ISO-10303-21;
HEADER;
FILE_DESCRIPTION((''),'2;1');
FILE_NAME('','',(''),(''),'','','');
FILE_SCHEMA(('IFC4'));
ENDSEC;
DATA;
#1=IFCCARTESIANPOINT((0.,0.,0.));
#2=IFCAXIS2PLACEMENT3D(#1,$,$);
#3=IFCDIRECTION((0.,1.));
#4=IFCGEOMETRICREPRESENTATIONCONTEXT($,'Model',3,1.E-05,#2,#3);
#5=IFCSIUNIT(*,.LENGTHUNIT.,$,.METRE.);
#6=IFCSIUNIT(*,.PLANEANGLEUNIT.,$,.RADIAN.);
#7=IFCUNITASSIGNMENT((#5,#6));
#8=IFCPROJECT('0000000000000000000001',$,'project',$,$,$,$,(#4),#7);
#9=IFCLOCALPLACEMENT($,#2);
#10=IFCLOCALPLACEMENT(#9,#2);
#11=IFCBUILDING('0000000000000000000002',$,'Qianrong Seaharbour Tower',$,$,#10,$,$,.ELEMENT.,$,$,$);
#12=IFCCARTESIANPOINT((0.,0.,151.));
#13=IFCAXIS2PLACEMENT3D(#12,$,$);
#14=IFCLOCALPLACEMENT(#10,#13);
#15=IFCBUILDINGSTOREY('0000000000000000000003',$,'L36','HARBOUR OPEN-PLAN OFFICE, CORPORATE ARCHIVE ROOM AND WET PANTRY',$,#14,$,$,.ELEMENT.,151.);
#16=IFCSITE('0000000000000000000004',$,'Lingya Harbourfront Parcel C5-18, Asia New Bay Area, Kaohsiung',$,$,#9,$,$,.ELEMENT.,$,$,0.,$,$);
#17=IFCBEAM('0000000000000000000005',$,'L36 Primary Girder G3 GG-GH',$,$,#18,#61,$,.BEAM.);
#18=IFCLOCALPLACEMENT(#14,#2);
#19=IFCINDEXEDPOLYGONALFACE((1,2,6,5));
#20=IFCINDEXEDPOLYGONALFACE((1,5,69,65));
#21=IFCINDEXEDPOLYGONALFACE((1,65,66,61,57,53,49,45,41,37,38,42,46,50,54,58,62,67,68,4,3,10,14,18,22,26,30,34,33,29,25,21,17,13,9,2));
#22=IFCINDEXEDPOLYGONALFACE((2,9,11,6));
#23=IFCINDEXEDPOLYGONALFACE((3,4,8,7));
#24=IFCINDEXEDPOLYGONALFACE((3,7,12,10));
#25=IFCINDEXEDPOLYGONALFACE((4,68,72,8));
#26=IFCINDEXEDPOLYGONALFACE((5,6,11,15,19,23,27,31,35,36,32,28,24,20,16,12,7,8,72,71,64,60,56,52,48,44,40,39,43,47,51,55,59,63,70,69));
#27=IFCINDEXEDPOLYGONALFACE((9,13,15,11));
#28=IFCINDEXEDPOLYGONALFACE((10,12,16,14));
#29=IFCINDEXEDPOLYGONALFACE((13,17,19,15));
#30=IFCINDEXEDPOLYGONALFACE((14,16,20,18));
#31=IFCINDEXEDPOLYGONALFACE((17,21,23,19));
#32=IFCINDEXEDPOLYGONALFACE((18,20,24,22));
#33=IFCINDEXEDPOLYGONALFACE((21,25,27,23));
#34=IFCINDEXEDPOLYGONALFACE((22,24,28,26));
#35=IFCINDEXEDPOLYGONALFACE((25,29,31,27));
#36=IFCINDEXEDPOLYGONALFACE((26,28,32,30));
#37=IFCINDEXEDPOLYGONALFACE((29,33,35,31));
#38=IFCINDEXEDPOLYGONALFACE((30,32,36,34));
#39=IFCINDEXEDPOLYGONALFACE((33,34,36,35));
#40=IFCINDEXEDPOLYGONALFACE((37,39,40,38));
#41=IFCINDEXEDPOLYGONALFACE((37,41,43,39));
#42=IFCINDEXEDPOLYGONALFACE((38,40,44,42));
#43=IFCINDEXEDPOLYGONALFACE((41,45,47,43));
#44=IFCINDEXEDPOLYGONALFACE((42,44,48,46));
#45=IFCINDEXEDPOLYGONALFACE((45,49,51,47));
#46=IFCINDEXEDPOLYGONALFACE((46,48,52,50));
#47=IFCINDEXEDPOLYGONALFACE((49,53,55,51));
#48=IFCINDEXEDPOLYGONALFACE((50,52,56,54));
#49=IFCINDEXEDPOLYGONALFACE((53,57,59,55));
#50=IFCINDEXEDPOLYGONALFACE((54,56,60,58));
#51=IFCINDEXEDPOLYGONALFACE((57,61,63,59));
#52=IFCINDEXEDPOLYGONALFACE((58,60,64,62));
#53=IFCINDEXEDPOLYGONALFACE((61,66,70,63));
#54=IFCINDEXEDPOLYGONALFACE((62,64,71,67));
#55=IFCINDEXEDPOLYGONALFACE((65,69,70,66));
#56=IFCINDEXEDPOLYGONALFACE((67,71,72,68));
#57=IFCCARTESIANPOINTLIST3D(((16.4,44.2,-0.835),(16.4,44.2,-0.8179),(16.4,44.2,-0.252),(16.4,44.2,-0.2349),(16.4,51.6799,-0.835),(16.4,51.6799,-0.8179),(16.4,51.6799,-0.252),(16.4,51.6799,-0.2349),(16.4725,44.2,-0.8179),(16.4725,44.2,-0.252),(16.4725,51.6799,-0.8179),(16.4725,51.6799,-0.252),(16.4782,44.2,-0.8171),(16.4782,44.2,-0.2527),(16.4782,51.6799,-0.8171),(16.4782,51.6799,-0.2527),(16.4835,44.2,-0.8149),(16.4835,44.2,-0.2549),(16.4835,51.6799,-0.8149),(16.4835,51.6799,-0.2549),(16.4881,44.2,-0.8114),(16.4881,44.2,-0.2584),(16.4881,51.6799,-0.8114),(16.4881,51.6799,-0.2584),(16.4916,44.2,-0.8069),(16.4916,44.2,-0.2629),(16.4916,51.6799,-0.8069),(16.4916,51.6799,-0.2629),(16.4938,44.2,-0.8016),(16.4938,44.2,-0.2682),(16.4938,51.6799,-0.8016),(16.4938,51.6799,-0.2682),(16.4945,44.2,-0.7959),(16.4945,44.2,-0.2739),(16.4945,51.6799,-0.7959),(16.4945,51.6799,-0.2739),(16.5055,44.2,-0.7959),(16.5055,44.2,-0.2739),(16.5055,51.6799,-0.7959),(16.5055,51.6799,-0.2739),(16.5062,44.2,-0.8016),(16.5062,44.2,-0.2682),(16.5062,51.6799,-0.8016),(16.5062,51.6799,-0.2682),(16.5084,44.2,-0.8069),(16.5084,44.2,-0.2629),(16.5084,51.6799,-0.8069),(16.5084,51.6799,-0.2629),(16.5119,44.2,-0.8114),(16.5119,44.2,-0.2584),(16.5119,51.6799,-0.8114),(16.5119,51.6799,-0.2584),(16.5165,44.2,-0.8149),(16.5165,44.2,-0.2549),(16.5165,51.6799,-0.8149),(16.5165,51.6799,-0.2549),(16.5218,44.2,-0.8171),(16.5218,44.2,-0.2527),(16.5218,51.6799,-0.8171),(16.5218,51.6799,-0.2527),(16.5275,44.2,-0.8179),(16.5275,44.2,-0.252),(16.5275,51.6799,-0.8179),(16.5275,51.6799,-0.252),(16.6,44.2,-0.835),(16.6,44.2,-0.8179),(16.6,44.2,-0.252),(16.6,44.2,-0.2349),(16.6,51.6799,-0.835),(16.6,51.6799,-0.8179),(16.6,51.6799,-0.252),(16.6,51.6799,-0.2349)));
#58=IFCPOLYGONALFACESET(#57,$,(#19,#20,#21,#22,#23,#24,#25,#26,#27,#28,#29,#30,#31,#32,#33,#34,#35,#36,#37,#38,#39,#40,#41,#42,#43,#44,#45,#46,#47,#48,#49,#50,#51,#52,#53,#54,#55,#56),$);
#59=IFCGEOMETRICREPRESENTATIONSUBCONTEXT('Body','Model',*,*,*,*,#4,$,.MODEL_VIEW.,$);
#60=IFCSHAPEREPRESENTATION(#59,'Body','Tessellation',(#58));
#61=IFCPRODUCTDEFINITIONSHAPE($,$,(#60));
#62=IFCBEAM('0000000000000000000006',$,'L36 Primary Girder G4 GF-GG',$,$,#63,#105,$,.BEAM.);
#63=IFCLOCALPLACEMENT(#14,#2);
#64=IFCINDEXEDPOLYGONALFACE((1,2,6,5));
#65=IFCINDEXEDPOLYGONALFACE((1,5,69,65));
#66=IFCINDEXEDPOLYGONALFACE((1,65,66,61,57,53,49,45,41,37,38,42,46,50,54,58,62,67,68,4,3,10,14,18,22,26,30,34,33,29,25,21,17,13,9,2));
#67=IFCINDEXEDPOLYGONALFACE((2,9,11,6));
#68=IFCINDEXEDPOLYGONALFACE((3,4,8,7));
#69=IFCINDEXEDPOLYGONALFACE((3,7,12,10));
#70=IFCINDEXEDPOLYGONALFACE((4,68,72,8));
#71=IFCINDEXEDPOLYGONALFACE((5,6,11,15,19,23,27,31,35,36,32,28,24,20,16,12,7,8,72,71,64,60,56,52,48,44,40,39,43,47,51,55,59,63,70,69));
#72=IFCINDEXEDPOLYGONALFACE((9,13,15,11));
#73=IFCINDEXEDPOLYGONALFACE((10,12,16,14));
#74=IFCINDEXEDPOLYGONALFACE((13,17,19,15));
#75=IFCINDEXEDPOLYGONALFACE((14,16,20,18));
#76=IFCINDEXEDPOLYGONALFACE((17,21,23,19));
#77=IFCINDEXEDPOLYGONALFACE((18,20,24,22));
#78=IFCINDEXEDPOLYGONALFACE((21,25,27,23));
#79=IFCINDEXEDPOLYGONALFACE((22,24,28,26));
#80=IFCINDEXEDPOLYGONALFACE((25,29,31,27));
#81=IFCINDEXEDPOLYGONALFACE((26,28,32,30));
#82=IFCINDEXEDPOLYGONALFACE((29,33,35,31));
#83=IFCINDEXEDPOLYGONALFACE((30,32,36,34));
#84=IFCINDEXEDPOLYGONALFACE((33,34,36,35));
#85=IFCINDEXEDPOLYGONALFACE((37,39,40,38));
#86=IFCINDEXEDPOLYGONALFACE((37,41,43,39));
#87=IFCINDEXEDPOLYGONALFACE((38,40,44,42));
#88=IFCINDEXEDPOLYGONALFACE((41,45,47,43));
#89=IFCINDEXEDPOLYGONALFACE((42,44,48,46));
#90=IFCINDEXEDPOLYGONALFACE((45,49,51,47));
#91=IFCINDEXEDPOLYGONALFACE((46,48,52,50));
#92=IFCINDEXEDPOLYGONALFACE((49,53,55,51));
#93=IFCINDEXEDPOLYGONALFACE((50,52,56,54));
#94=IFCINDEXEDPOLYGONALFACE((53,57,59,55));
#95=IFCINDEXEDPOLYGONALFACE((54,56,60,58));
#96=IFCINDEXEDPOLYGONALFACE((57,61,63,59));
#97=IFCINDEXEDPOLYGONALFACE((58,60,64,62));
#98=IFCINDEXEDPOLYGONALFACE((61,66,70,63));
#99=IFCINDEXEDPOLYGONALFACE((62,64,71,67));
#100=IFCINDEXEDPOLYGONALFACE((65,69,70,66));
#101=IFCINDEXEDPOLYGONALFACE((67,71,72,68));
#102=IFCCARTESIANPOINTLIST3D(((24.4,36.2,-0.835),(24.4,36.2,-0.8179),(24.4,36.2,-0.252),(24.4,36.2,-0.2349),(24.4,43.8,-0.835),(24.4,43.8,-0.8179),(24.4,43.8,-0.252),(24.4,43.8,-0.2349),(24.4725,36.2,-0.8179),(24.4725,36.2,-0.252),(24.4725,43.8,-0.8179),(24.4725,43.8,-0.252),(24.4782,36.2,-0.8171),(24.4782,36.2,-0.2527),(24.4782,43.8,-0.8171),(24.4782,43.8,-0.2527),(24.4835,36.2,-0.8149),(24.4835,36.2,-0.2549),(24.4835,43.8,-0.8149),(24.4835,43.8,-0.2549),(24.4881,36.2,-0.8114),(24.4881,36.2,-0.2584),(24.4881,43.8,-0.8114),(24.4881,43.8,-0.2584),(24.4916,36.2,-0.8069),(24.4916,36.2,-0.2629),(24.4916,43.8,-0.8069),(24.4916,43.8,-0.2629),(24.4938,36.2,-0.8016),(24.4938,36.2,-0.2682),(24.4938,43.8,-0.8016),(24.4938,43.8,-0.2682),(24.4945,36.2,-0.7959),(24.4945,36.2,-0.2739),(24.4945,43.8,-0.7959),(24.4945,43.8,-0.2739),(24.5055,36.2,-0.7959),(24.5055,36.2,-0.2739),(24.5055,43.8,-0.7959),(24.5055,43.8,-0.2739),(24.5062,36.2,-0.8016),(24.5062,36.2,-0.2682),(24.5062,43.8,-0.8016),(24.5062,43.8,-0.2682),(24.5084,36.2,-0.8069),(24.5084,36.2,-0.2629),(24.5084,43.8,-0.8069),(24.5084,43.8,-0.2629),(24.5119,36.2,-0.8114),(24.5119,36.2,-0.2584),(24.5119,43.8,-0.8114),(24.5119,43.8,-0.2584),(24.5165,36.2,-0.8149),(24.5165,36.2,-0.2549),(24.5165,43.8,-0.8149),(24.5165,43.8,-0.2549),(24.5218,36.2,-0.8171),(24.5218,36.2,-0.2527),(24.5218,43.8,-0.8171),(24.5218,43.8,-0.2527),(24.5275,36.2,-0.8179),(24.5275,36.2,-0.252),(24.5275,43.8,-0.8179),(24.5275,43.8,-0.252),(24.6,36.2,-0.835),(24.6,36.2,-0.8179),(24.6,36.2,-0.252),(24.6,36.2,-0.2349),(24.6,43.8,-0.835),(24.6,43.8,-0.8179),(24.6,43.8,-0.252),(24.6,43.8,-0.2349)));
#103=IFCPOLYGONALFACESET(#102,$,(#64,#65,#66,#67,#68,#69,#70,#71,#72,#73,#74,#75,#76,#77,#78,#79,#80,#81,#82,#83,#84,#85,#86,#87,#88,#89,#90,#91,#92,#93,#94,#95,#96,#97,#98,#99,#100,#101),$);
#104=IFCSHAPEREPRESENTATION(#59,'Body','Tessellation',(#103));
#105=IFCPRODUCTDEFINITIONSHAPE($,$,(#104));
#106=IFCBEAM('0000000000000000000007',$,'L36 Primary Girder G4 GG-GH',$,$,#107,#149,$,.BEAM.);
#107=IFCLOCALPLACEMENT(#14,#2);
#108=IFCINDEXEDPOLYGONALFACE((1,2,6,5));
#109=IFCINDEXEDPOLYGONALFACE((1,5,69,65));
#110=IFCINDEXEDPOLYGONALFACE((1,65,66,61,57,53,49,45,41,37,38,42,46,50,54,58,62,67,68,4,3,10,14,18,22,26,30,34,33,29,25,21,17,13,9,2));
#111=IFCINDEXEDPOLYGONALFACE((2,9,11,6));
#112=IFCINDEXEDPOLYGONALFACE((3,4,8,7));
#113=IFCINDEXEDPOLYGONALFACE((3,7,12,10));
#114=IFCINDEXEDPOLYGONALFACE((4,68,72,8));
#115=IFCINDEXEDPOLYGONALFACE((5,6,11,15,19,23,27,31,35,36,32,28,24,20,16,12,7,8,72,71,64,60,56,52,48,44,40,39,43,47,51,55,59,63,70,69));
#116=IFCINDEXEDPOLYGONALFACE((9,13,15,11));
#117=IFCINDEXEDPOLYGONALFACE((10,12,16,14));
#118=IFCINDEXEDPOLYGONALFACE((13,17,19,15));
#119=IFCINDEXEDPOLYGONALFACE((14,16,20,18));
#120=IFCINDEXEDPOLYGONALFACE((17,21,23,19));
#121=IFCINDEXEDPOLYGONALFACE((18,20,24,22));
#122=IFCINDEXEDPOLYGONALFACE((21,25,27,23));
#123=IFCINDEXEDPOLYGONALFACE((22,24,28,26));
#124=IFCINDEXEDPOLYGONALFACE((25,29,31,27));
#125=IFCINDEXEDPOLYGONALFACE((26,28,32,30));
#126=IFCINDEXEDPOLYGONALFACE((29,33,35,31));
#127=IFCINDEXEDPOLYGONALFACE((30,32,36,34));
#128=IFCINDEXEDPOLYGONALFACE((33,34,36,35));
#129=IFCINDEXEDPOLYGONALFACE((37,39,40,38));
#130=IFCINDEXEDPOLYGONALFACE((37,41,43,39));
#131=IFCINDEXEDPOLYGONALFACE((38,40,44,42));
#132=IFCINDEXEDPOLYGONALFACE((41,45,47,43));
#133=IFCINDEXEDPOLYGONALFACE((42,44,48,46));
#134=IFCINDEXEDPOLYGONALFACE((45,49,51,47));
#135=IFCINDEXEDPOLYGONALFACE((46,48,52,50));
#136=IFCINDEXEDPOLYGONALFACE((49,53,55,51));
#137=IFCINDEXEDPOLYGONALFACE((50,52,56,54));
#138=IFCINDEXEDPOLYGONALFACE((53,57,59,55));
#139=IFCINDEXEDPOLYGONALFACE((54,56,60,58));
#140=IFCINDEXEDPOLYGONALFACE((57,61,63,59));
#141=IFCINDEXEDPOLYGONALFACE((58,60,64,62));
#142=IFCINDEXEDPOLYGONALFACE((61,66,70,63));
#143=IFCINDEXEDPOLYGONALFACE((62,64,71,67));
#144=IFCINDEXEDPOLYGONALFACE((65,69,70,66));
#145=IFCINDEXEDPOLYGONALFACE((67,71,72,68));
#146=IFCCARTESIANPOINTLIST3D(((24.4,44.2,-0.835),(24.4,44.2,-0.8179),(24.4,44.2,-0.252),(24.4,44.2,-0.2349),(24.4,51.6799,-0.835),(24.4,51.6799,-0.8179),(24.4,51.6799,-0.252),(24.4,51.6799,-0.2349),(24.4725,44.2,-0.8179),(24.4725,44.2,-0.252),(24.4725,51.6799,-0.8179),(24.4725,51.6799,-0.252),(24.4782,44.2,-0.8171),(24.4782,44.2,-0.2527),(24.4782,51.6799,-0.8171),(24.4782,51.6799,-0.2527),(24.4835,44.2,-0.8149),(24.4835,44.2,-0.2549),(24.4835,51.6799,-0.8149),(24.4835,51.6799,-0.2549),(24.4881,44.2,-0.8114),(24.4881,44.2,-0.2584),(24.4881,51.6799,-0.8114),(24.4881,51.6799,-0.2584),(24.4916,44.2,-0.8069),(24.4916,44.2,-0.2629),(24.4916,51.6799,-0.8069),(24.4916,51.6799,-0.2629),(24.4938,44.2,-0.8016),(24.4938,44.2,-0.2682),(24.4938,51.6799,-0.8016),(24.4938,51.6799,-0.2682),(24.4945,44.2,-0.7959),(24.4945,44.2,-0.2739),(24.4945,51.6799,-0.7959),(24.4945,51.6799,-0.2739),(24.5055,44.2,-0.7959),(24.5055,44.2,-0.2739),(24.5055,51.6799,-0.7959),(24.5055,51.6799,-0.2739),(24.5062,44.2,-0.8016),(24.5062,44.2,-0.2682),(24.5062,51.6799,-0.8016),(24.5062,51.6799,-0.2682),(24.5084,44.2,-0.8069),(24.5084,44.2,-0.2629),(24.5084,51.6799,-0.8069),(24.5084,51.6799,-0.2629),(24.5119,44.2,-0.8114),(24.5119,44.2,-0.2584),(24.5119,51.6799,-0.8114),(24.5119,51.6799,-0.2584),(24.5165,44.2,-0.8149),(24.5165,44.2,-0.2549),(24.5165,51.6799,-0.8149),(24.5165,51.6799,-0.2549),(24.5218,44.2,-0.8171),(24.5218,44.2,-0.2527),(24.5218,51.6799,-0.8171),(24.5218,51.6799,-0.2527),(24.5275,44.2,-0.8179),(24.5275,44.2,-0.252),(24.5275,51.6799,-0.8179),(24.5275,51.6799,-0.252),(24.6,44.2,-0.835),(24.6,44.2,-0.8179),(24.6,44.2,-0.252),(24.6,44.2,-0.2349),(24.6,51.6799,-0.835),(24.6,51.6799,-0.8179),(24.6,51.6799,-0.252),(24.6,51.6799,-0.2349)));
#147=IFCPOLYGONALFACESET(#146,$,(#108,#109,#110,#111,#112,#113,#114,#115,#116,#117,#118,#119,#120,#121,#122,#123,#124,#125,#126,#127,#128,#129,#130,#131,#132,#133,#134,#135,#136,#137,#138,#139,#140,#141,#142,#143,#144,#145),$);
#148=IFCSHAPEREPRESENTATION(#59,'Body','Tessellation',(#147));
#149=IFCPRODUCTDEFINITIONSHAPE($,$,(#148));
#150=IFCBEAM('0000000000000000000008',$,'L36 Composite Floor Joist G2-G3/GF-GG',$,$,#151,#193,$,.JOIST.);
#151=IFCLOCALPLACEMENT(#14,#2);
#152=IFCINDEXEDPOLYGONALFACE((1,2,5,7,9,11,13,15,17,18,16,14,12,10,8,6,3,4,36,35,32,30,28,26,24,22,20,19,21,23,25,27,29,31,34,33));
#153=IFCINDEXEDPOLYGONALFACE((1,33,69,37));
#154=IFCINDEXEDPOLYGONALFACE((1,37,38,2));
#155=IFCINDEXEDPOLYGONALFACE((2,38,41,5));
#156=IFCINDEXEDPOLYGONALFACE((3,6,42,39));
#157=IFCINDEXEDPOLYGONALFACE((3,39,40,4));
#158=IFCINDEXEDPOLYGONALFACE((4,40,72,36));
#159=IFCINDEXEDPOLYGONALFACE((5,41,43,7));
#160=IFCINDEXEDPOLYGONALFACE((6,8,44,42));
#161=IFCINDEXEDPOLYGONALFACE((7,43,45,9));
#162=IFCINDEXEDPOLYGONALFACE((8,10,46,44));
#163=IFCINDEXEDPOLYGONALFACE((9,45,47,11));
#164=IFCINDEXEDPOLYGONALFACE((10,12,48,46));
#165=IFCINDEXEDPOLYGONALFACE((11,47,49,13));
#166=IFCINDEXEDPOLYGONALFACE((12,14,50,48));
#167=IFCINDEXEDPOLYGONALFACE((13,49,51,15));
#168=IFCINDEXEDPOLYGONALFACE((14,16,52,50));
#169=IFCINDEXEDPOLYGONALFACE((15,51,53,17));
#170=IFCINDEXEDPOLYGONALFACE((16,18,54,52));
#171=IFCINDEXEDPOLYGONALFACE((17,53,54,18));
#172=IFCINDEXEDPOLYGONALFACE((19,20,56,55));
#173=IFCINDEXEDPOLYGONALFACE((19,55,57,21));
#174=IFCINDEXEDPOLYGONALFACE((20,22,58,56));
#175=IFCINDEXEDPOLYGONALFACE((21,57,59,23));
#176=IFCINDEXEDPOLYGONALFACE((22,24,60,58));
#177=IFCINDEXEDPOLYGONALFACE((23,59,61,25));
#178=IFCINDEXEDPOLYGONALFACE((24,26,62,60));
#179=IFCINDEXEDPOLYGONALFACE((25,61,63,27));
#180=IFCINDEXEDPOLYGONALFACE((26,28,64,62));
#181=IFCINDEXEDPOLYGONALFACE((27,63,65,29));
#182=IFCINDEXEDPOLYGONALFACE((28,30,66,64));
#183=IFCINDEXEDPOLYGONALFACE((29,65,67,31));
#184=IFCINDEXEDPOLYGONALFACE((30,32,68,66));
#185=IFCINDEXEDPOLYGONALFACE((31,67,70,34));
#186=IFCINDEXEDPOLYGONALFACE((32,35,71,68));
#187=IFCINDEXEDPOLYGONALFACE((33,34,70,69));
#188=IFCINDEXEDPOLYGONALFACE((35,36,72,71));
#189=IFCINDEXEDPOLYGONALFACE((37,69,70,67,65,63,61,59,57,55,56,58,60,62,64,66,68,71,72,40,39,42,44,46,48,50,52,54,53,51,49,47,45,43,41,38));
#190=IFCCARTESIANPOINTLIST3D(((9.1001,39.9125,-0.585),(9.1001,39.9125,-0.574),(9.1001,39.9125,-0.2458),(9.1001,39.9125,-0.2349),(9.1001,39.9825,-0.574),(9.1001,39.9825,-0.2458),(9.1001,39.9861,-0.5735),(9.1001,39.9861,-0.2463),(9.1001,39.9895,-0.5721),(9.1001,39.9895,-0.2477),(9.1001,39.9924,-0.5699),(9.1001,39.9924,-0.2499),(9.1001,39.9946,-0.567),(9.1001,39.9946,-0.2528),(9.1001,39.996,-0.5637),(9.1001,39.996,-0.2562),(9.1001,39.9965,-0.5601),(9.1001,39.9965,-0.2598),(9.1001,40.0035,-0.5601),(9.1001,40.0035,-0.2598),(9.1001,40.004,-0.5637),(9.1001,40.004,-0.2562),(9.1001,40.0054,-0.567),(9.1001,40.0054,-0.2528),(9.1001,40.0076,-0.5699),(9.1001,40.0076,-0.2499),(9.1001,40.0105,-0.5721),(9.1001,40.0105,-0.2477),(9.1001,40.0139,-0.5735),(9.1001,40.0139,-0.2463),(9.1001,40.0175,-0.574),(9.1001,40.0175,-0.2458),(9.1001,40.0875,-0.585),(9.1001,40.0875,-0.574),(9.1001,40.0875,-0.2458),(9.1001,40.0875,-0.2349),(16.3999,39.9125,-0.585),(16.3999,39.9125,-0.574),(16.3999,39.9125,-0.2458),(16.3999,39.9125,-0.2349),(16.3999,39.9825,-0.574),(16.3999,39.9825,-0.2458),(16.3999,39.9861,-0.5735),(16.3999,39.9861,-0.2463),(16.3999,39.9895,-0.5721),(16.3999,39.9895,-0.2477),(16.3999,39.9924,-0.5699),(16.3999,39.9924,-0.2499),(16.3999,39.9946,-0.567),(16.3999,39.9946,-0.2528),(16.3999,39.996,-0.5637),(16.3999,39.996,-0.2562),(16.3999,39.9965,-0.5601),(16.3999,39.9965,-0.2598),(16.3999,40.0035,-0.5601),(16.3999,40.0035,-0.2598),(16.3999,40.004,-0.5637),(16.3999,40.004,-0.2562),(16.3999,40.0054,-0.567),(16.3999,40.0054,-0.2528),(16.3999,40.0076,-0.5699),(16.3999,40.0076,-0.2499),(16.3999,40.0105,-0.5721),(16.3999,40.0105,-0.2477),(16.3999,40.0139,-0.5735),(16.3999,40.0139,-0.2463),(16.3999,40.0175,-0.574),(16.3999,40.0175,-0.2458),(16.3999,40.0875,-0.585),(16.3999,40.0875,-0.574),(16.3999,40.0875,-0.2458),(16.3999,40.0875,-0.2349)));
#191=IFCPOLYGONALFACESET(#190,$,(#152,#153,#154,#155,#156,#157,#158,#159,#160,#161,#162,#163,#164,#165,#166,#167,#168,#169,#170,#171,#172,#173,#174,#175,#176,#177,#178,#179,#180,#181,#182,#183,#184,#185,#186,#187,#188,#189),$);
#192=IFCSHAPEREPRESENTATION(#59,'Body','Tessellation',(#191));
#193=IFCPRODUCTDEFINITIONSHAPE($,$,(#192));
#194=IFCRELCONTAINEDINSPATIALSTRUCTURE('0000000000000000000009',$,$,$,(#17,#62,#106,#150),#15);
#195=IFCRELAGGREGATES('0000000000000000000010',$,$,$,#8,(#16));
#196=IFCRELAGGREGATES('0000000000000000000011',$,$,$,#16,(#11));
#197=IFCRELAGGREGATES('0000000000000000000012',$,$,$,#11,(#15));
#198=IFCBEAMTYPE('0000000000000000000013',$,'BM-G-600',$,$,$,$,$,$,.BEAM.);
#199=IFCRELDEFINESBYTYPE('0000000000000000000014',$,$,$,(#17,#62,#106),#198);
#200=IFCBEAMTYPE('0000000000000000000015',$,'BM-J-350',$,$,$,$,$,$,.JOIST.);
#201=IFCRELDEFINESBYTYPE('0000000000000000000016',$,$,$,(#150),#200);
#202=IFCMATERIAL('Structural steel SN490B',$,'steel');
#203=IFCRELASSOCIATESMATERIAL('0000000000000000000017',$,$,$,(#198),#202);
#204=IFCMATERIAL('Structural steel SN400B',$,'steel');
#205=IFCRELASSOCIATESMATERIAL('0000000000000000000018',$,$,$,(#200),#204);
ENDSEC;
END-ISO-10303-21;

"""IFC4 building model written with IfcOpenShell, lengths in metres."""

from ifc_helpers import new_model, si_unit, direction, frame, origin, origin_2d, place, context, subcontext, project, spatial, i_section, extrude, material, material_profile, profile_set, type_object, element, save


model = new_model("IFC4")

# Units and contexts
model_context = context("Model", 3, precision=1e-05, world=origin(), true_north=direction((0.0, 1.0)))
body_context = subcontext(model_context, "Body", "Model", "MODEL_VIEW")
ifc_project = project(units=[si_unit("LENGTHUNIT", "METRE"), si_unit("PLANEANGLEUNIT", "RADIAN")], contexts=[model_context])

# Site, building, storey
site_placement = place(None, origin())
site = spatial("IfcSite", under=ifc_project, at=site_placement, Name="Lingya Harbourfront Parcel C5-18, Asia New Bay Area, Kaohsiung", CompositionType="ELEMENT", RefElevation=0.0)
building_placement = place(site_placement, origin())
building = spatial("IfcBuilding", under=site, at=building_placement, Name="Qianrong Seaharbour Tower", CompositionType="ELEMENT")
storey_placement = place(building_placement, frame((0.0, 0.0, 151.0)))
storey = spatial("IfcBuildingStorey", under=building, at=storey_placement, Name="L36", Description="HARBOUR OPEN-PLAN OFFICE, CORPORATE ARCHIVE ROOM AND WET PANTRY", CompositionType="ELEMENT", Elevation=151.0)

# Shared definitions
ifc_material_1 = material(Name="Structural steel SN490B", Category="steel")

# Beams
ifc_material_profile_1 = material_profile(ifc_material_1, i_section(OverallWidth=0.2, OverallDepth=0.6001, WebThickness=0.011, FlangeThickness=0.0171, FilletRadius=0.022, at=origin_2d()), Name="H600x200x11x17")
ifc_profile_set_1 = profile_set([ifc_material_profile_1], Name="Structural steel SN490B")
beam_type_1 = type_object("IfcBeamType", Name="BM-G-600", PredefinedType="BEAM", material=ifc_profile_set_1)
beam_1_placement = place(storey_placement, frame((16.5, 44.2, -0.5349), z_axis=(0.0, 1.0, 0.0), x_axis=(-1.0, 0.0, 0.0)))
element("IfcBeam", 1, at=beam_1_placement, inside=storey, type_object=beam_type_1, Name="L36 Primary Girder G3 GG-GH", PredefinedType="BEAM", context=body_context, shape_type="SweptSolid", body=[
    extrude(i_section(OverallWidth=0.2, OverallDepth=0.6001, WebThickness=0.011, FlangeThickness=0.0171, FilletRadius=0.022, at=origin_2d()), origin(), (0.0, 0.0, 1.0), 7.48),
])
beam_2_placement = place(storey_placement, frame((24.5, 36.2, -0.5349), z_axis=(0.0, 1.0, 0.0), x_axis=(-1.0, 0.0, 0.0)))
element("IfcBeam", 2, at=beam_2_placement, inside=storey, type_object=beam_type_1, Name="L36 Primary Girder G4 GF-GG", PredefinedType="BEAM", context=body_context, shape_type="SweptSolid", body=[
    extrude(i_section(OverallWidth=0.2, OverallDepth=0.6001, WebThickness=0.011, FlangeThickness=0.0171, FilletRadius=0.022, at=origin_2d()), origin(), (0.0, 0.0, 1.0), 7.6001),
])
beam_3_placement = place(storey_placement, frame((24.5, 44.2, -0.5349), z_axis=(0.0, 1.0, 0.0), x_axis=(-1.0, 0.0, 0.0)))
element("IfcBeam", 3, at=beam_3_placement, inside=storey, type_object=beam_type_1, Name="L36 Primary Girder G4 GG-GH", PredefinedType="BEAM", context=body_context, shape_type="SweptSolid", body=[
    extrude(i_section(OverallWidth=0.2, OverallDepth=0.6001, WebThickness=0.011, FlangeThickness=0.0171, FilletRadius=0.022, at=origin_2d()), origin(), (0.0, 0.0, 1.0), 7.48),
])
ifc_material_2 = material(Name="Structural steel SN400B", Category="steel")
ifc_material_profile_2 = material_profile(ifc_material_2, i_section(OverallWidth=0.175, OverallDepth=0.3501, WebThickness=0.0071, FlangeThickness=0.011, FilletRadius=0.0139, at=origin_2d()), Name="H350x175x7x11")
ifc_profile_set_2 = profile_set([ifc_material_profile_2], Name="Structural steel SN400B")
beam_type_2 = type_object("IfcBeamType", Name="BM-J-350", PredefinedType="JOIST", material=ifc_profile_set_2)
beam_4_placement = place(storey_placement, frame((9.1001, 40.0, -0.4099), z_axis=(1.0, 0.0, 0.0), x_axis=(0.0, 1.0, 0.0)))
element("IfcBeam", 4, at=beam_4_placement, inside=storey, type_object=beam_type_2, Name="L36 Composite Floor Joist G2-G3/GF-GG", PredefinedType="JOIST", context=body_context, shape_type="SweptSolid", body=[
    extrude(i_section(OverallWidth=0.175, OverallDepth=0.3501, WebThickness=0.0071, FlangeThickness=0.011, FilletRadius=0.0139, at=origin_2d()), origin(), (0.0, 0.0, 1.0), 7.2998),
])

save(model, "model.ifc")
